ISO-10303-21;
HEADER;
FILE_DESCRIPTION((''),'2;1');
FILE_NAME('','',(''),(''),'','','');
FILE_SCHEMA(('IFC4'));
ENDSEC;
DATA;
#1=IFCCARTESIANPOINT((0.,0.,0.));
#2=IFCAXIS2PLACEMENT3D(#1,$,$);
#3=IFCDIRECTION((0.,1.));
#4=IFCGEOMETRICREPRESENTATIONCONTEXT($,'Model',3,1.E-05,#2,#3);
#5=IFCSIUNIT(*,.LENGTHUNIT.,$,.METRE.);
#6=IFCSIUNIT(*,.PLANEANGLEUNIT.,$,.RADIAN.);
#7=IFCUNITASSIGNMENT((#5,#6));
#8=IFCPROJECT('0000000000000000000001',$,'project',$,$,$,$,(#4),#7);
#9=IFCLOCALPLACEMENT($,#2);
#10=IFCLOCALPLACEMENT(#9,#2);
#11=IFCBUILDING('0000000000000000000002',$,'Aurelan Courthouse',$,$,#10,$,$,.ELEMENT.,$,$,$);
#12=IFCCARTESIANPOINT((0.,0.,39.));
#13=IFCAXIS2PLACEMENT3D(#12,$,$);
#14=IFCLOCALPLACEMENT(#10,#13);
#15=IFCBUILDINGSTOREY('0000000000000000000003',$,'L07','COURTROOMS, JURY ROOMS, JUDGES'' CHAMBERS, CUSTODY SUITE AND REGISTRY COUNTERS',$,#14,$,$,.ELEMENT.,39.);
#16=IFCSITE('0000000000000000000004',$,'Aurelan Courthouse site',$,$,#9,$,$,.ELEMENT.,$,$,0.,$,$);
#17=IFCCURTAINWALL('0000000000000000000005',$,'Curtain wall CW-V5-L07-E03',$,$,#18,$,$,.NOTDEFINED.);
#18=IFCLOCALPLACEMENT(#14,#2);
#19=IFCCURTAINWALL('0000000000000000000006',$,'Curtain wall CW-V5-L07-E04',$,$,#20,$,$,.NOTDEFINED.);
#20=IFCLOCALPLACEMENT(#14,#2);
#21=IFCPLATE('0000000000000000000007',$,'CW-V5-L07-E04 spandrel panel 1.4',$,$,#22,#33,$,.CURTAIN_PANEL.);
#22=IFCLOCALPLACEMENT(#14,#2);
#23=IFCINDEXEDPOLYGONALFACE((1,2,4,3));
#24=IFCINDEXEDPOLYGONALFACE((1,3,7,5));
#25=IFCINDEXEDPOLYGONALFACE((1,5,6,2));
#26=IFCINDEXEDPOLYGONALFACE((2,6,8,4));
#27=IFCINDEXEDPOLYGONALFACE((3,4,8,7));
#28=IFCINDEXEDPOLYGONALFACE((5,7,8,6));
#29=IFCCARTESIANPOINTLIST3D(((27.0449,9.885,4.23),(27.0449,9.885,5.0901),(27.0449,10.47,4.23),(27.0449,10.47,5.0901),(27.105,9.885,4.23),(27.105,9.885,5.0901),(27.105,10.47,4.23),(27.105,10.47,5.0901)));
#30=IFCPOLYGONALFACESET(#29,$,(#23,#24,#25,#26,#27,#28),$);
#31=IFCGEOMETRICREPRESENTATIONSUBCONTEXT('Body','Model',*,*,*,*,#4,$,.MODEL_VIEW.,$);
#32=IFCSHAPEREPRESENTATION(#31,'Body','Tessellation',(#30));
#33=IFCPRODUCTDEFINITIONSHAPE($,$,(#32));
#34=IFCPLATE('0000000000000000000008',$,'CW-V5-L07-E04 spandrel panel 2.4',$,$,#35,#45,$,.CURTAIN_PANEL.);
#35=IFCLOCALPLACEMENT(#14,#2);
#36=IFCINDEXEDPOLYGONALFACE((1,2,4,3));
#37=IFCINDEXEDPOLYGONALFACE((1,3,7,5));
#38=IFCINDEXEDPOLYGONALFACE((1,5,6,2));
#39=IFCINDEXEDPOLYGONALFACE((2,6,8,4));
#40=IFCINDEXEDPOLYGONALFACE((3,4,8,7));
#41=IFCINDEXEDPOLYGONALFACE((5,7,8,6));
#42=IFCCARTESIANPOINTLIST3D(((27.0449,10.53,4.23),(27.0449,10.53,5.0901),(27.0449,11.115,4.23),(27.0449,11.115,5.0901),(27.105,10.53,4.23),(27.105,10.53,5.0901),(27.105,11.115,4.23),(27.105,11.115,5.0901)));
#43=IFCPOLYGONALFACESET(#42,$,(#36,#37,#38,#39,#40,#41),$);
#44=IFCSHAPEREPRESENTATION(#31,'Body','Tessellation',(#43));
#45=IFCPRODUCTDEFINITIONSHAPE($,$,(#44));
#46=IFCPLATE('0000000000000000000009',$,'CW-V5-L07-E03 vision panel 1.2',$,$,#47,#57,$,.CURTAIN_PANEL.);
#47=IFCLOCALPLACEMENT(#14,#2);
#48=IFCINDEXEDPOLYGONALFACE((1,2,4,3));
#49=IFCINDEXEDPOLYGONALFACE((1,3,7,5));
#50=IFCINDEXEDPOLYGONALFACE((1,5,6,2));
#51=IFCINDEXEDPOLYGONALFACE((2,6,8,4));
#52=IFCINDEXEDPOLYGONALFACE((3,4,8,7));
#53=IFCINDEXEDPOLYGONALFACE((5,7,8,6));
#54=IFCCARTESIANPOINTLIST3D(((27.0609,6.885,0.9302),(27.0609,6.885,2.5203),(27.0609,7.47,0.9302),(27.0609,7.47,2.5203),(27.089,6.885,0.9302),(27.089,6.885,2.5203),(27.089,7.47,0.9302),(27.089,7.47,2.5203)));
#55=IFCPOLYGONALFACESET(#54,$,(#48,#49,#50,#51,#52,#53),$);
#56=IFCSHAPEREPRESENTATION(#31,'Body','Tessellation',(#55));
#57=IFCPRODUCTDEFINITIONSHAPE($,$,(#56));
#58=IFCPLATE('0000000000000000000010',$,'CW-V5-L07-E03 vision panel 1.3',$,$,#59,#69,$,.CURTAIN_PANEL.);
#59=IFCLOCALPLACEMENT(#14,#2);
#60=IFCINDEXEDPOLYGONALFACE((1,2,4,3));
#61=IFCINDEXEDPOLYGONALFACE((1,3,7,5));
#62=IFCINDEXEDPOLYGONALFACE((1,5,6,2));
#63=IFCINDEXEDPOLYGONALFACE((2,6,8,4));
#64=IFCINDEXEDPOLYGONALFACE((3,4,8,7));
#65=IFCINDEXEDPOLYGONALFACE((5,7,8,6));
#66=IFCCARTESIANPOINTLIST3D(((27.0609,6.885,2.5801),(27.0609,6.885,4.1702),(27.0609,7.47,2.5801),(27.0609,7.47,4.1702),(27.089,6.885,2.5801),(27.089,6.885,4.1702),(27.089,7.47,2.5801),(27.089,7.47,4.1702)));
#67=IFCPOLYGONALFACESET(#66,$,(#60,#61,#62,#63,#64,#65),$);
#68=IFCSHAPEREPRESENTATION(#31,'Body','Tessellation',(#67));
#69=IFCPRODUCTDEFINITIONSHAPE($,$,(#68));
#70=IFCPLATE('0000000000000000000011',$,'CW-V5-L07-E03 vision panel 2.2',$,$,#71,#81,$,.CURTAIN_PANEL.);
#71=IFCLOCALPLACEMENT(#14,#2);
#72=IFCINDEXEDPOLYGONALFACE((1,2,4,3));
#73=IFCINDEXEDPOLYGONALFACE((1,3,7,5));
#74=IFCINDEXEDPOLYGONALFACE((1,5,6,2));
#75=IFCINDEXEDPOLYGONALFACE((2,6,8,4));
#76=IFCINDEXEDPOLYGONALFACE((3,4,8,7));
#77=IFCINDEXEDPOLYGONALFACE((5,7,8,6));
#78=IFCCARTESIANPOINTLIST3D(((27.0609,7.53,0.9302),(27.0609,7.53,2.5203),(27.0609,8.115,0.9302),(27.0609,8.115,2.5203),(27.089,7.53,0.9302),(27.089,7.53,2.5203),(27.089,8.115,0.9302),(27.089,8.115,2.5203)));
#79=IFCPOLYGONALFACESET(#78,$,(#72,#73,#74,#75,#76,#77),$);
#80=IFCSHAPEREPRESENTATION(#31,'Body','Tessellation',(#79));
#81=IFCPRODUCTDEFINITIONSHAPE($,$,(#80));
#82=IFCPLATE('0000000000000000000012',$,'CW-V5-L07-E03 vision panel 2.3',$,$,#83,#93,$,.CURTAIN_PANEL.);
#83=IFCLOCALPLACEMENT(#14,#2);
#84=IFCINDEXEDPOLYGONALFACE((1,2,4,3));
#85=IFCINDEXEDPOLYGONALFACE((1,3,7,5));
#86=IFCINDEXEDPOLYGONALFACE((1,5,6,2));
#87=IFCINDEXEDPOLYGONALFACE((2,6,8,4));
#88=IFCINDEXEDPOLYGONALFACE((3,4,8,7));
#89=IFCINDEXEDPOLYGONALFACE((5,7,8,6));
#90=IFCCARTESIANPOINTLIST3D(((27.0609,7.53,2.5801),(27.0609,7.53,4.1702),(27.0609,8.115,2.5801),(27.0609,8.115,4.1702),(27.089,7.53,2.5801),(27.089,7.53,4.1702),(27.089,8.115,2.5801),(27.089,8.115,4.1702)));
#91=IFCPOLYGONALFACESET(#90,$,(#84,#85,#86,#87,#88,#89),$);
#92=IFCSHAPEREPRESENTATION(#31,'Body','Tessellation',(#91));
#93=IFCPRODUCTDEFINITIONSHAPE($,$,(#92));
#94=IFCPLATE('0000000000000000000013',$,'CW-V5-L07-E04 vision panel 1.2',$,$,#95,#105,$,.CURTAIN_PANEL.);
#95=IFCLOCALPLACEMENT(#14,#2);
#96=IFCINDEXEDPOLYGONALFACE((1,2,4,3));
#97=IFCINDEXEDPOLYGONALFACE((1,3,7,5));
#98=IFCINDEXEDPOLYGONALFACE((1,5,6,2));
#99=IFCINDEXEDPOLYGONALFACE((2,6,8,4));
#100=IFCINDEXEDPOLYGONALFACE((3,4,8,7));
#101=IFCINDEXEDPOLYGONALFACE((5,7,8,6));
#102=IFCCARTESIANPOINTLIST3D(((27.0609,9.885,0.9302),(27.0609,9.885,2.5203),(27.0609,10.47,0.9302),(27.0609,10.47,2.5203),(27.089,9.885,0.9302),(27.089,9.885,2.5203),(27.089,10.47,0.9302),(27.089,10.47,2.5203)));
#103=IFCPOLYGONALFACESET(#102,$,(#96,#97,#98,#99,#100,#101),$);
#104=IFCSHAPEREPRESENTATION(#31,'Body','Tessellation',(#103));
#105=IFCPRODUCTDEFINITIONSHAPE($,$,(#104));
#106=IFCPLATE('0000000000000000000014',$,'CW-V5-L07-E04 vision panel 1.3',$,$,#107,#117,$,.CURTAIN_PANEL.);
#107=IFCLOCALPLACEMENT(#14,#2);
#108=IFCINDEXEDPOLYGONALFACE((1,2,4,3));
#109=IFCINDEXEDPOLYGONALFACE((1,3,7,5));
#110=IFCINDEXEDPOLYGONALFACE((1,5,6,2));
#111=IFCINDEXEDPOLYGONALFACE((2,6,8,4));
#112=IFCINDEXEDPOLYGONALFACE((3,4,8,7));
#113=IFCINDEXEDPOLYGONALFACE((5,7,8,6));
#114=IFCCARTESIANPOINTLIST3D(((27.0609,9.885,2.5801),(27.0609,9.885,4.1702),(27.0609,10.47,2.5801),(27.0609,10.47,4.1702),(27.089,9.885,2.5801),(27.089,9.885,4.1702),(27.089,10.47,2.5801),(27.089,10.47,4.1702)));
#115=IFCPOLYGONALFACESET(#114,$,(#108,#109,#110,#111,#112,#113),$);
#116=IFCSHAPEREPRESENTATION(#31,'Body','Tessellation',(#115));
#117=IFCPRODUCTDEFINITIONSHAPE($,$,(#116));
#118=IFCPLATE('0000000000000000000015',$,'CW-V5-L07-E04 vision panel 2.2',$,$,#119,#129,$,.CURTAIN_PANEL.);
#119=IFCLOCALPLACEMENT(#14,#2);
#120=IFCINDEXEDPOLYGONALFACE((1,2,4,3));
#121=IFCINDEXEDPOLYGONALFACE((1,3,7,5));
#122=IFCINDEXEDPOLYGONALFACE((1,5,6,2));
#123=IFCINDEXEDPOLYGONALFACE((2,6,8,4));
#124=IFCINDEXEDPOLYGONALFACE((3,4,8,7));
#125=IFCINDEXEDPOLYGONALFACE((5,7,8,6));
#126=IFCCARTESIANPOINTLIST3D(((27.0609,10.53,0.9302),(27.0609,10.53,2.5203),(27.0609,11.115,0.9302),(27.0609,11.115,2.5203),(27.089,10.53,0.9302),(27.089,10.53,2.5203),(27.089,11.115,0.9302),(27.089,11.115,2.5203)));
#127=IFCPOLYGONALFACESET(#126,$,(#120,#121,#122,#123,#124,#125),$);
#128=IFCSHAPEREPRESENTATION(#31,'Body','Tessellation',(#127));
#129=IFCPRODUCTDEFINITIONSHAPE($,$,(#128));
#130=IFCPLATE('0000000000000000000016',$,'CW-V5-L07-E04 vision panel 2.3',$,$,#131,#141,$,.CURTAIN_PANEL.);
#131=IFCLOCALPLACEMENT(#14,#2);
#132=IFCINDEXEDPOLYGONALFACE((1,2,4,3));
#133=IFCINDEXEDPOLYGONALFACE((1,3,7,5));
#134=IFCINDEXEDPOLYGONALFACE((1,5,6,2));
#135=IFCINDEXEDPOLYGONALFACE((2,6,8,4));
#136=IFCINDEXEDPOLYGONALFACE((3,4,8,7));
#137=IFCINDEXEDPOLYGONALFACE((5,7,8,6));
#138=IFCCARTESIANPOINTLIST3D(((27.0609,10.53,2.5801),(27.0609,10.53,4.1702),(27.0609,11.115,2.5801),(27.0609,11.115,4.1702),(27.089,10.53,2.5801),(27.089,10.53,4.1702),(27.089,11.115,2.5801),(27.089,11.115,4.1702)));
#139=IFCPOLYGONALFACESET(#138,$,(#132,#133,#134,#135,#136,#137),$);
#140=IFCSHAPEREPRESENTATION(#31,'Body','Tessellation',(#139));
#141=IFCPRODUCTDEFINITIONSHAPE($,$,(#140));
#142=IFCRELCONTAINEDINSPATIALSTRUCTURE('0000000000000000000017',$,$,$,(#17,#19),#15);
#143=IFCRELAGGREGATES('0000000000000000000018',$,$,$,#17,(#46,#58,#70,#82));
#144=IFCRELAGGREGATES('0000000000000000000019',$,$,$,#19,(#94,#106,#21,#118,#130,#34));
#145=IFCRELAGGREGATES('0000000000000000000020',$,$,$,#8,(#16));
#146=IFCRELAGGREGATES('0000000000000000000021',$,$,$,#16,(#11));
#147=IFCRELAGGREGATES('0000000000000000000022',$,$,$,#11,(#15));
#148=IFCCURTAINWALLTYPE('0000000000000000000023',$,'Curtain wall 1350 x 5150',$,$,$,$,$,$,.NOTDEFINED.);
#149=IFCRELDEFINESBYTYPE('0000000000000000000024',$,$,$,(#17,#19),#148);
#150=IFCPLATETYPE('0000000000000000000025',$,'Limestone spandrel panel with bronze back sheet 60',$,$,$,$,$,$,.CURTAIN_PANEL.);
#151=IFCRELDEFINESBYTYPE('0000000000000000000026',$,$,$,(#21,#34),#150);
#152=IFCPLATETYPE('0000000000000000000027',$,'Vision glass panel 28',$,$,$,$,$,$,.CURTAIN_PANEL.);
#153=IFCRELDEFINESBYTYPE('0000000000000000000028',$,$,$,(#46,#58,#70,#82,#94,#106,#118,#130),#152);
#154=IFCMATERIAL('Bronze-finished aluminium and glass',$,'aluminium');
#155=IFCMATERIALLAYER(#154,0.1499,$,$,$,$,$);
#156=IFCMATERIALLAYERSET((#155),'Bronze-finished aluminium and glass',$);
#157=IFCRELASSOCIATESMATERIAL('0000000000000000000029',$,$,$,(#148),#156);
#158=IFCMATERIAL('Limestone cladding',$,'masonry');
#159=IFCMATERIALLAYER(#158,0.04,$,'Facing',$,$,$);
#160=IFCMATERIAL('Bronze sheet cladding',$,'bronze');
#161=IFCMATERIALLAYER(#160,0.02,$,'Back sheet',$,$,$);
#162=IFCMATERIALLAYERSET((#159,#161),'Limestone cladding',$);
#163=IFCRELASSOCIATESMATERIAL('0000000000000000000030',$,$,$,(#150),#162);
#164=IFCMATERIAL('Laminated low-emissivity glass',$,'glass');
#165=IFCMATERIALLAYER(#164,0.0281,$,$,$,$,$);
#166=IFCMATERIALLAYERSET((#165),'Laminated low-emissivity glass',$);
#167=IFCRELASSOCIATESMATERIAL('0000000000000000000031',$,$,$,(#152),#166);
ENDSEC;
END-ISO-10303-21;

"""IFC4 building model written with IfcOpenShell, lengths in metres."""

from ifc_helpers import new_model, si_unit, direction, frame, origin, origin_2d, place, context, subcontext, project, spatial, rectangle, extrude, material, layer, layer_set, type_object, element, aggregate, save


model = new_model("IFC4")

# Units and contexts
model_context = context("Model", 3, precision=1e-05, world=origin(), true_north=direction((0.0, 1.0)))
body_context = subcontext(model_context, "Body", "Model", "MODEL_VIEW")
ifc_project = project(units=[si_unit("LENGTHUNIT", "METRE"), si_unit("PLANEANGLEUNIT", "RADIAN")], contexts=[model_context])

# Site, building, storey
site_placement = place(None, origin())
site = spatial("IfcSite", under=ifc_project, at=site_placement, Name="Aurelan Courthouse site", CompositionType="ELEMENT", RefElevation=0.0)
building_placement = place(site_placement, origin())
building = spatial("IfcBuilding", under=site, at=building_placement, Name="Aurelan Courthouse", CompositionType="ELEMENT")
storey_placement = place(building_placement, frame((0.0, 0.0, 39.0)))
storey = spatial("IfcBuildingStorey", under=building, at=storey_placement, Name="L07", Description="COURTROOMS, JURY ROOMS, JUDGES' CHAMBERS, CUSTODY SUITE AND REGISTRY COUNTERS", CompositionType="ELEMENT", Elevation=39.0)

# Curtain walls
ifc_material_1 = material(Name="Bronze-finished aluminium and glass", Category="aluminium")
ifc_layer_1 = layer(ifc_material_1, 0.1499)
ifc_layer_set_1 = layer_set([ifc_layer_1], Name="Bronze-finished aluminium and glass")
curtain_wall_type = type_object("IfcCurtainWallType", Name="Curtain wall 1350 x 5150", PredefinedType="NOTDEFINED", material=ifc_layer_set_1)
curtain_wall_1_placement = place(storey_placement, origin())
curtain_wall_1 = element("IfcCurtainWall", 1, at=curtain_wall_1_placement, inside=storey, type_object=curtain_wall_type, Name="Curtain wall CW-V5-L07-E03", PredefinedType="NOTDEFINED")
curtain_wall_2_placement = place(storey_placement, origin())
curtain_wall_2 = element("IfcCurtainWall", 2, at=curtain_wall_2_placement, inside=storey, type_object=curtain_wall_type, Name="Curtain wall CW-V5-L07-E04", PredefinedType="NOTDEFINED")

# Plates
ifc_material_2 = material(Name="Limestone cladding", Category="masonry")
ifc_layer_2 = layer(ifc_material_2, 0.04, Name="Facing")
ifc_material_3 = material(Name="Bronze sheet cladding", Category="bronze")
ifc_layer_3 = layer(ifc_material_3, 0.02, Name="Back sheet")
ifc_layer_set_2 = layer_set([ifc_layer_2, ifc_layer_3], Name="Limestone cladding")
plate_type_1 = type_object("IfcPlateType", Name="Limestone spandrel panel with bronze back sheet 60", PredefinedType="CURTAIN_PANEL", material=ifc_layer_set_2)
plate_1_placement = place(storey_placement, frame((27.075, 10.1775, 4.23), z_axis=(0.0, 0.0, 1.0), x_axis=(0.0, 1.0, 0.0)))
plate_1 = element("IfcPlate", 3, at=plate_1_placement, type_object=plate_type_1, Name="CW-V5-L07-E04 spandrel panel 1.4", PredefinedType="CURTAIN_PANEL", context=body_context, shape_type="SweptSolid", body=[
    extrude(rectangle(XDim=0.585, YDim=0.0601, at=origin_2d()), origin(), (0.0, 0.0, 1.0), 0.8601),
])
plate_2_placement = place(storey_placement, frame((27.075, 10.8225, 4.23), z_axis=(0.0, 0.0, 1.0), x_axis=(0.0, 1.0, 0.0)))
plate_2 = element("IfcPlate", 4, at=plate_2_placement, type_object=plate_type_1, Name="CW-V5-L07-E04 spandrel panel 2.4", PredefinedType="CURTAIN_PANEL", context=body_context, shape_type="SweptSolid", body=[
    extrude(rectangle(XDim=0.585, YDim=0.0601, at=origin_2d()), origin(), (0.0, 0.0, 1.0), 0.8601),
])
ifc_material_4 = material(Name="Laminated low-emissivity glass", Category="glass")
ifc_layer_4 = layer(ifc_material_4, 0.0281)
ifc_layer_set_3 = layer_set([ifc_layer_4], Name="Laminated low-emissivity glass")
plate_type_2 = type_object("IfcPlateType", Name="Vision glass panel 28", PredefinedType="CURTAIN_PANEL", material=ifc_layer_set_3)
plate_3_placement = place(storey_placement, frame((27.075, 7.1775, 0.9302), z_axis=(0.0, 0.0, 1.0), x_axis=(0.0, 1.0, 0.0)))
plate_3 = element("IfcPlate", 5, at=plate_3_placement, type_object=plate_type_2, Name="CW-V5-L07-E03 vision panel 1.2", PredefinedType="CURTAIN_PANEL", context=body_context, shape_type="SweptSolid", body=[
    extrude(rectangle(XDim=0.585, YDim=0.0281, at=origin_2d()), origin(), (0.0, 0.0, 1.0), 1.5901),
])
plate_4_placement = place(storey_placement, frame((27.075, 7.1775, 2.5801), z_axis=(0.0, 0.0, 1.0), x_axis=(0.0, 1.0, 0.0)))
plate_4 = element("IfcPlate", 6, at=plate_4_placement, type_object=plate_type_2, Name="CW-V5-L07-E03 vision panel 1.3", PredefinedType="CURTAIN_PANEL", context=body_context, shape_type="SweptSolid", body=[
    extrude(rectangle(XDim=0.585, YDim=0.0281, at=origin_2d()), origin(), (0.0, 0.0, 1.0), 1.5901),
])
plate_5_placement = place(storey_placement, frame((27.075, 7.8225, 0.9302), z_axis=(0.0, 0.0, 1.0), x_axis=(0.0, 1.0, 0.0)))
plate_5 = element("IfcPlate", 7, at=plate_5_placement, type_object=plate_type_2, Name="CW-V5-L07-E03 vision panel 2.2", PredefinedType="CURTAIN_PANEL", context=body_context, shape_type="SweptSolid", body=[
    extrude(rectangle(XDim=0.585, YDim=0.0281, at=origin_2d()), origin(), (0.0, 0.0, 1.0), 1.5901),
])
plate_6_placement = place(storey_placement, frame((27.075, 7.8225, 2.5801), z_axis=(0.0, 0.0, 1.0), x_axis=(0.0, 1.0, 0.0)))
plate_6 = element("IfcPlate", 8, at=plate_6_placement, type_object=plate_type_2, Name="CW-V5-L07-E03 vision panel 2.3", PredefinedType="CURTAIN_PANEL", context=body_context, shape_type="SweptSolid", body=[
    extrude(rectangle(XDim=0.585, YDim=0.0281, at=origin_2d()), origin(), (0.0, 0.0, 1.0), 1.5901),
])
aggregate(curtain_wall_1, [plate_3, plate_4, plate_5, plate_6])
plate_7_placement = place(storey_placement, frame((27.075, 10.1775, 0.9302), z_axis=(0.0, 0.0, 1.0), x_axis=(0.0, 1.0, 0.0)))
plate_7 = element("IfcPlate", 9, at=plate_7_placement, type_object=plate_type_2, Name="CW-V5-L07-E04 vision panel 1.2", PredefinedType="CURTAIN_PANEL", context=body_context, shape_type="SweptSolid", body=[
    extrude(rectangle(XDim=0.585, YDim=0.0281, at=origin_2d()), origin(), (0.0, 0.0, 1.0), 1.5901),
])
plate_8_placement = place(storey_placement, frame((27.075, 10.1775, 2.5801), z_axis=(0.0, 0.0, 1.0), x_axis=(0.0, 1.0, 0.0)))
plate_8 = element("IfcPlate", 10, at=plate_8_placement, type_object=plate_type_2, Name="CW-V5-L07-E04 vision panel 1.3", PredefinedType="CURTAIN_PANEL", context=body_context, shape_type="SweptSolid", body=[
    extrude(rectangle(XDim=0.585, YDim=0.0281, at=origin_2d()), origin(), (0.0, 0.0, 1.0), 1.5901),
])
plate_9_placement = place(storey_placement, frame((27.075, 10.8225, 0.9302), z_axis=(0.0, 0.0, 1.0), x_axis=(0.0, 1.0, 0.0)))
plate_9 = element("IfcPlate", 11, at=plate_9_placement, type_object=plate_type_2, Name="CW-V5-L07-E04 vision panel 2.2", PredefinedType="CURTAIN_PANEL", context=body_context, shape_type="SweptSolid", body=[
    extrude(rectangle(XDim=0.585, YDim=0.0281, at=origin_2d()), origin(), (0.0, 0.0, 1.0), 1.5901),
])
plate_10_placement = place(storey_placement, frame((27.075, 10.8225, 2.5801), z_axis=(0.0, 0.0, 1.0), x_axis=(0.0, 1.0, 0.0)))
plate_10 = element("IfcPlate", 12, at=plate_10_placement, type_object=plate_type_2, Name="CW-V5-L07-E04 vision panel 2.3", PredefinedType="CURTAIN_PANEL", context=body_context, shape_type="SweptSolid", body=[
    extrude(rectangle(XDim=0.585, YDim=0.0281, at=origin_2d()), origin(), (0.0, 0.0, 1.0), 1.5901),
])
aggregate(curtain_wall_2, [plate_7, plate_8, plate_1, plate_9, plate_10, plate_2])

save(model, "model.ifc")
